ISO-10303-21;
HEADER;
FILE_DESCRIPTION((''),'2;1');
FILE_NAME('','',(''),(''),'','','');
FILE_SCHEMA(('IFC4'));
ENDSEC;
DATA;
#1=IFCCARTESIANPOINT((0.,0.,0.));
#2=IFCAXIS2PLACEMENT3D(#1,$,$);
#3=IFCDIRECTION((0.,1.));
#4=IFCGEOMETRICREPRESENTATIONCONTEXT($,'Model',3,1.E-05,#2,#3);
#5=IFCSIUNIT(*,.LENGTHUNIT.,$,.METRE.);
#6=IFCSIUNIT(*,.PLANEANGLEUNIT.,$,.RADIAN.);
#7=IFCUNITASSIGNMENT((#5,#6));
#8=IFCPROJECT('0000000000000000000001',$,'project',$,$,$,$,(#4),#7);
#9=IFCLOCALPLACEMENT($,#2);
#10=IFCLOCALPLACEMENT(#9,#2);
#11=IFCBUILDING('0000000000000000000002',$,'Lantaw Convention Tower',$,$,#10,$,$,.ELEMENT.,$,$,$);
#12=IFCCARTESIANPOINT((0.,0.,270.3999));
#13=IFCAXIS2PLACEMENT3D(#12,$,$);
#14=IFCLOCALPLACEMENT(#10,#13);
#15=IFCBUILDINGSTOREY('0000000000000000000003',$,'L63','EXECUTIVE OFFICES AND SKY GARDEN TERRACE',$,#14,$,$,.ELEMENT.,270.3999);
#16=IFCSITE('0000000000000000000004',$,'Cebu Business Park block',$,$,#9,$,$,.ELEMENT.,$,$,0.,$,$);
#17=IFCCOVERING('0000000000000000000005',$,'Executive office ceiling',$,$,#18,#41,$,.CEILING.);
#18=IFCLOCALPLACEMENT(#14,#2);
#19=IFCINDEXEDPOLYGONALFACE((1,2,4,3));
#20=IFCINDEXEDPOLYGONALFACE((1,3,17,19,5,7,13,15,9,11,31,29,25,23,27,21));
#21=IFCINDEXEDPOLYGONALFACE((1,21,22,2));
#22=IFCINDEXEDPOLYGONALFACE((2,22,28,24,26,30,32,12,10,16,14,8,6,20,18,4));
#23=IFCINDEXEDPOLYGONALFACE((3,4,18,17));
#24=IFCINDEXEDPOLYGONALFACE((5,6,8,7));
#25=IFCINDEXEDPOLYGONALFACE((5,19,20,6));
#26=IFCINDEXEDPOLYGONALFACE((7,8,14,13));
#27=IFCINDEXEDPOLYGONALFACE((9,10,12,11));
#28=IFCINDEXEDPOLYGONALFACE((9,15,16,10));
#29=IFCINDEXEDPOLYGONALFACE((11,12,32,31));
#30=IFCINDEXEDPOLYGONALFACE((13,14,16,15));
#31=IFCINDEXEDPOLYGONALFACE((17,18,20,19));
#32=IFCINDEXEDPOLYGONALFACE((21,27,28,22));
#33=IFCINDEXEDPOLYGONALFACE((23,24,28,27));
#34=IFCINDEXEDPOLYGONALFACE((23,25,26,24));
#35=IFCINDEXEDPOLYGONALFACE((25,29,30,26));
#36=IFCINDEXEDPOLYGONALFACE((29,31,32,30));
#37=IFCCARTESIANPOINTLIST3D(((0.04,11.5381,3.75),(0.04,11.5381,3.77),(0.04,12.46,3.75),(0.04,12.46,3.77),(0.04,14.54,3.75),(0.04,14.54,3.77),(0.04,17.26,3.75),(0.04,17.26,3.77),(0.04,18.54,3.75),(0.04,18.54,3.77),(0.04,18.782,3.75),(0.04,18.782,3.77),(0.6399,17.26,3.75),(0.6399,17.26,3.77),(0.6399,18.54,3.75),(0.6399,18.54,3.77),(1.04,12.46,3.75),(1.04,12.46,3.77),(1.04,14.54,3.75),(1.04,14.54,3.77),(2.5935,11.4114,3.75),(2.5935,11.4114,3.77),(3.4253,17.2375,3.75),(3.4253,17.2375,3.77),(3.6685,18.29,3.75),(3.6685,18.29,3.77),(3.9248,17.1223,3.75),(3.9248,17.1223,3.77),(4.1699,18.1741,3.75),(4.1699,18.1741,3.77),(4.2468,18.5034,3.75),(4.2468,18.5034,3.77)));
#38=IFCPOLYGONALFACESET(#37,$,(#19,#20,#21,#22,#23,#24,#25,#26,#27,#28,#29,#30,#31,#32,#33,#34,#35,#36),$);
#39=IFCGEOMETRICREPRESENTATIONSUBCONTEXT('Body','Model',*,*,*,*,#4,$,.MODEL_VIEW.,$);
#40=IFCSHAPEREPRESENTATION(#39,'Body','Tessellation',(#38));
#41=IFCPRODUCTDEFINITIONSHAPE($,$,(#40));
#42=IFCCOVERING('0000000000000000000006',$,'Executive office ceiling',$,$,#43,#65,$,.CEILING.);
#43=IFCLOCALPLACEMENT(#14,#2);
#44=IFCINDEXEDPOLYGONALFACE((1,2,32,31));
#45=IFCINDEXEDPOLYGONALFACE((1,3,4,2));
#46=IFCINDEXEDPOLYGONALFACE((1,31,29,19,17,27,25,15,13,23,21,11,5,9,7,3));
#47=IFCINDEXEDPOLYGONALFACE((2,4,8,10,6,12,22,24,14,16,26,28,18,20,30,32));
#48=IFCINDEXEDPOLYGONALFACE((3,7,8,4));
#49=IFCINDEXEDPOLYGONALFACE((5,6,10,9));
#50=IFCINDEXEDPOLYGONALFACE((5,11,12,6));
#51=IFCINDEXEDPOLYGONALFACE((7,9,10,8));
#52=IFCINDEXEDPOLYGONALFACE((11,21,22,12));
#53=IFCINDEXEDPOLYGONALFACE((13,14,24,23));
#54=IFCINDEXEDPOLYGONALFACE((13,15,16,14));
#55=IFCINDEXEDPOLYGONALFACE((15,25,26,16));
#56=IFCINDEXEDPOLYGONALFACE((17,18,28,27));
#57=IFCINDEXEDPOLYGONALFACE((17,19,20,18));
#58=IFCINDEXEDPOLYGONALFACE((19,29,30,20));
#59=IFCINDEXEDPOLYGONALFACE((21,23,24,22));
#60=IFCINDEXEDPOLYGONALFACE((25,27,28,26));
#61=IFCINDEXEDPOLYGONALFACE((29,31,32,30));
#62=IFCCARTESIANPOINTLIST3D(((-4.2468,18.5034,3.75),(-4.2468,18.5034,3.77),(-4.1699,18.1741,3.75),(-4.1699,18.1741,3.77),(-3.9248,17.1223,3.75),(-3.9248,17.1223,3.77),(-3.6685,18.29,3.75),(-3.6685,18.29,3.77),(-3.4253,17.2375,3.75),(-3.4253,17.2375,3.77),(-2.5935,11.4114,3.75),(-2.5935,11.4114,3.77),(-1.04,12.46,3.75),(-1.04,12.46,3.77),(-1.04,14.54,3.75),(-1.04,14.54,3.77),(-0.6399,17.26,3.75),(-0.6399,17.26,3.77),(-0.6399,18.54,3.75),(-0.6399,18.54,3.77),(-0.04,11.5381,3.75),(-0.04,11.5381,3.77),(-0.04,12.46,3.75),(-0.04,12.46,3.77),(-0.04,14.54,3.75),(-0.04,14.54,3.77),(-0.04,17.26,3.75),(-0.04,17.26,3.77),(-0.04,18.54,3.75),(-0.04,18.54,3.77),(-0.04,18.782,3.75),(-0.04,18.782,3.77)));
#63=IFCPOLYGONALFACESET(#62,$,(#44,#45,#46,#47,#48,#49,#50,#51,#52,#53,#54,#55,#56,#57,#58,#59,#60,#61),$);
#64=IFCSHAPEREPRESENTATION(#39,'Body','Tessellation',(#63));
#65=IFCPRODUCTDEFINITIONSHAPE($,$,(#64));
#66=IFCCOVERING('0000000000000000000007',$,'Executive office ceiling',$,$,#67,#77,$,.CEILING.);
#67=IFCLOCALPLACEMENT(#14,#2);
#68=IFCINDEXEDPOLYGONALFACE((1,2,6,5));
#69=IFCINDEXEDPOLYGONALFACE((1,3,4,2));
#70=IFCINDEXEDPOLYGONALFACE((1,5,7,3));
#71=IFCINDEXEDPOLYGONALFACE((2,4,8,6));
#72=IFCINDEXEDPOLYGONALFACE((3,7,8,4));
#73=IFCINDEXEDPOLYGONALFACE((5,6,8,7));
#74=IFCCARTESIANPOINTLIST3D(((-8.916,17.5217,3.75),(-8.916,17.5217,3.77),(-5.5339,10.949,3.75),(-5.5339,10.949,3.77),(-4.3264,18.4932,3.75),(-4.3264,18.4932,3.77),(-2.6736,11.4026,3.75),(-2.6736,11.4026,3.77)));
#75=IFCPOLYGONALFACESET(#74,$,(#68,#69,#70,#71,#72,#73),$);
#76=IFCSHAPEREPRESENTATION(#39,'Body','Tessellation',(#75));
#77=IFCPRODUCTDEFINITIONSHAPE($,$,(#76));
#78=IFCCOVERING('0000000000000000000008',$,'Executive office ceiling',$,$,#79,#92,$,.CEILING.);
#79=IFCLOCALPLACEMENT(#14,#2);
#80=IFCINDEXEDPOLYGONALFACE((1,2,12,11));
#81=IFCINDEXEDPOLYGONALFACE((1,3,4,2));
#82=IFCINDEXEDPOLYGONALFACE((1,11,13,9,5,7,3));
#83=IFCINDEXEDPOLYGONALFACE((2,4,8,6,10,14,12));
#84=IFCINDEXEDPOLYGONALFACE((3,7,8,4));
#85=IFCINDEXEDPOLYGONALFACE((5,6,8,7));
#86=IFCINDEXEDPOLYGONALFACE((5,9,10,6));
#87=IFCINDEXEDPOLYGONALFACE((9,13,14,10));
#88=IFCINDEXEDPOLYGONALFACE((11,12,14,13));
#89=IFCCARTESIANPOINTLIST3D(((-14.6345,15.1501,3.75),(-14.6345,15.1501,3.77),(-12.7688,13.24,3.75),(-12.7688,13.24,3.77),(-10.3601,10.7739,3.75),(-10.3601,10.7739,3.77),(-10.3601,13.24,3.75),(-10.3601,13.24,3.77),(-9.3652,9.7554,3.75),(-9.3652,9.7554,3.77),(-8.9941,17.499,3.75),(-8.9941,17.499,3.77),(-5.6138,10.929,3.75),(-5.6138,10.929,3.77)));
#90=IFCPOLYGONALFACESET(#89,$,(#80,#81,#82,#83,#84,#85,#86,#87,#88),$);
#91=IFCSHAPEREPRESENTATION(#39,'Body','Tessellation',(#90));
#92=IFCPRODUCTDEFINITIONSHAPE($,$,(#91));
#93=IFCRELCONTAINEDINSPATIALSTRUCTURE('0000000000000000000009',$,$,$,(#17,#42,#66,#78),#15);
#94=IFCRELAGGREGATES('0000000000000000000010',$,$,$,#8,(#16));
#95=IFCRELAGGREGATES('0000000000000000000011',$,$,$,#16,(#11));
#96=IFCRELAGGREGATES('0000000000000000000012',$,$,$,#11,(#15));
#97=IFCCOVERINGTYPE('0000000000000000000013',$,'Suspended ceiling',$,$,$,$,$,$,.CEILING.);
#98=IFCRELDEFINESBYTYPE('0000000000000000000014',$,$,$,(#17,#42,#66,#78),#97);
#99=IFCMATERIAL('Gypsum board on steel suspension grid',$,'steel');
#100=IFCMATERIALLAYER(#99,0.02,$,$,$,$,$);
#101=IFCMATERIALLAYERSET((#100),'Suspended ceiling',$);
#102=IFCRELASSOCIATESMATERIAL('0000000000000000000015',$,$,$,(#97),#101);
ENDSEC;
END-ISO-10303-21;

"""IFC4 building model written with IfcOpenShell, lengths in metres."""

from ifc_helpers import new_model, si_unit, direction, frame, origin, place, context, subcontext, project, spatial, polyline, outline, extrude, material, layer, layer_set, type_object, element, save


model = new_model("IFC4")

# Units and contexts
model_context = context("Model", 3, precision=1e-05, world=origin(), true_north=direction((0.0, 1.0)))
body_context = subcontext(model_context, "Body", "Model", "MODEL_VIEW")
ifc_project = project(units=[si_unit("LENGTHUNIT", "METRE"), si_unit("PLANEANGLEUNIT", "RADIAN")], contexts=[model_context])

# Site, building, storey
site_placement = place(None, origin())
site = spatial("IfcSite", under=ifc_project, at=site_placement, Name="Cebu Business Park block", CompositionType="ELEMENT", RefElevation=0.0)
building_placement = place(site_placement, origin())
building = spatial("IfcBuilding", under=site, at=building_placement, Name="Lantaw Convention Tower", CompositionType="ELEMENT")
storey_placement = place(building_placement, frame((0.0, 0.0, 270.3999)))
storey = spatial("IfcBuildingStorey", under=building, at=storey_placement, Name="L63", Description="EXECUTIVE OFFICES AND SKY GARDEN TERRACE", CompositionType="ELEMENT", Elevation=270.3999)

# Coverings
ifc_material_1 = material(Name="Gypsum board on steel suspension grid", Category="steel")
ifc_layer_1 = layer(ifc_material_1, 0.02)
ifc_layer_set_1 = layer_set([ifc_layer_1], Name="Suspended ceiling")
covering_type = type_object("IfcCoveringType", Name="Suspended ceiling", PredefinedType="CEILING", material=ifc_layer_set_1)
covering_1_placement = place(storey_placement, frame((0.0, 0.0, 3.75)))
element("IfcCovering", 1, at=covering_1_placement, inside=storey, type_object=covering_type, Name="Executive office ceiling", PredefinedType="CEILING", context=body_context, shape_type="SweptSolid", body=[
    extrude(outline(polyline([(0.04, 11.5381), (2.5935, 11.4114), (3.9248, 17.1223), (3.4253, 17.2375), (3.6685, 18.29), (4.1699, 18.1741), (4.2468, 18.5034), (0.04, 18.782), (0.04, 18.54), (0.6399, 18.54), (0.6399, 17.26), (0.04, 17.26), (0.04, 14.54), (1.04, 14.54), (1.04, 12.46), (0.04, 12.46), (0.04, 11.5381)])), origin(), (0.0, 0.0, 1.0), 0.02),
])
covering_2_placement = place(storey_placement, frame((0.0, 0.0, 3.75)))
element("IfcCovering", 2, at=covering_2_placement, inside=storey, type_object=covering_type, Name="Executive office ceiling", PredefinedType="CEILING", context=body_context, shape_type="SweptSolid", body=[
    extrude(outline(polyline([(-2.5935, 11.4114), (-0.04, 11.5381), (-0.04, 12.46), (-1.04, 12.46), (-1.04, 14.54), (-0.04, 14.54), (-0.04, 17.26), (-0.6399, 17.26), (-0.6399, 18.54), (-0.04, 18.54), (-0.04, 18.782), (-4.2468, 18.5034), (-4.1699, 18.1741), (-3.6685, 18.29), (-3.4253, 17.2375), (-3.9248, 17.1223), (-2.5935, 11.4114)])), origin(), (0.0, 0.0, 1.0), 0.02),
])
covering_3_placement = place(storey_placement, frame((0.0, 0.0, 3.75)))
element("IfcCovering", 3, at=covering_3_placement, inside=storey, type_object=covering_type, Name="Executive office ceiling", PredefinedType="CEILING", context=body_context, shape_type="SweptSolid", body=[
    extrude(outline(polyline([(-2.6736, 11.4026), (-4.3264, 18.4932), (-8.916, 17.5217), (-5.5339, 10.949), (-2.6736, 11.4026)])), origin(), (0.0, 0.0, 1.0), 0.02),
])
covering_4_placement = place(storey_placement, frame((0.0, 0.0, 3.75)))
element("IfcCovering", 4, at=covering_4_placement, inside=storey, type_object=covering_type, Name="Executive office ceiling", PredefinedType="CEILING", context=body_context, shape_type="SweptSolid", body=[
    extrude(outline(polyline([(-9.3652, 9.7554), (-5.6138, 10.929), (-8.9941, 17.499), (-14.6345, 15.1501), (-12.7688, 13.24), (-10.3601, 13.24), (-10.3601, 10.7739), (-9.3652, 9.7554)])), origin(), (0.0, 0.0, 1.0), 0.02),
])

save(model, "model.ifc")
